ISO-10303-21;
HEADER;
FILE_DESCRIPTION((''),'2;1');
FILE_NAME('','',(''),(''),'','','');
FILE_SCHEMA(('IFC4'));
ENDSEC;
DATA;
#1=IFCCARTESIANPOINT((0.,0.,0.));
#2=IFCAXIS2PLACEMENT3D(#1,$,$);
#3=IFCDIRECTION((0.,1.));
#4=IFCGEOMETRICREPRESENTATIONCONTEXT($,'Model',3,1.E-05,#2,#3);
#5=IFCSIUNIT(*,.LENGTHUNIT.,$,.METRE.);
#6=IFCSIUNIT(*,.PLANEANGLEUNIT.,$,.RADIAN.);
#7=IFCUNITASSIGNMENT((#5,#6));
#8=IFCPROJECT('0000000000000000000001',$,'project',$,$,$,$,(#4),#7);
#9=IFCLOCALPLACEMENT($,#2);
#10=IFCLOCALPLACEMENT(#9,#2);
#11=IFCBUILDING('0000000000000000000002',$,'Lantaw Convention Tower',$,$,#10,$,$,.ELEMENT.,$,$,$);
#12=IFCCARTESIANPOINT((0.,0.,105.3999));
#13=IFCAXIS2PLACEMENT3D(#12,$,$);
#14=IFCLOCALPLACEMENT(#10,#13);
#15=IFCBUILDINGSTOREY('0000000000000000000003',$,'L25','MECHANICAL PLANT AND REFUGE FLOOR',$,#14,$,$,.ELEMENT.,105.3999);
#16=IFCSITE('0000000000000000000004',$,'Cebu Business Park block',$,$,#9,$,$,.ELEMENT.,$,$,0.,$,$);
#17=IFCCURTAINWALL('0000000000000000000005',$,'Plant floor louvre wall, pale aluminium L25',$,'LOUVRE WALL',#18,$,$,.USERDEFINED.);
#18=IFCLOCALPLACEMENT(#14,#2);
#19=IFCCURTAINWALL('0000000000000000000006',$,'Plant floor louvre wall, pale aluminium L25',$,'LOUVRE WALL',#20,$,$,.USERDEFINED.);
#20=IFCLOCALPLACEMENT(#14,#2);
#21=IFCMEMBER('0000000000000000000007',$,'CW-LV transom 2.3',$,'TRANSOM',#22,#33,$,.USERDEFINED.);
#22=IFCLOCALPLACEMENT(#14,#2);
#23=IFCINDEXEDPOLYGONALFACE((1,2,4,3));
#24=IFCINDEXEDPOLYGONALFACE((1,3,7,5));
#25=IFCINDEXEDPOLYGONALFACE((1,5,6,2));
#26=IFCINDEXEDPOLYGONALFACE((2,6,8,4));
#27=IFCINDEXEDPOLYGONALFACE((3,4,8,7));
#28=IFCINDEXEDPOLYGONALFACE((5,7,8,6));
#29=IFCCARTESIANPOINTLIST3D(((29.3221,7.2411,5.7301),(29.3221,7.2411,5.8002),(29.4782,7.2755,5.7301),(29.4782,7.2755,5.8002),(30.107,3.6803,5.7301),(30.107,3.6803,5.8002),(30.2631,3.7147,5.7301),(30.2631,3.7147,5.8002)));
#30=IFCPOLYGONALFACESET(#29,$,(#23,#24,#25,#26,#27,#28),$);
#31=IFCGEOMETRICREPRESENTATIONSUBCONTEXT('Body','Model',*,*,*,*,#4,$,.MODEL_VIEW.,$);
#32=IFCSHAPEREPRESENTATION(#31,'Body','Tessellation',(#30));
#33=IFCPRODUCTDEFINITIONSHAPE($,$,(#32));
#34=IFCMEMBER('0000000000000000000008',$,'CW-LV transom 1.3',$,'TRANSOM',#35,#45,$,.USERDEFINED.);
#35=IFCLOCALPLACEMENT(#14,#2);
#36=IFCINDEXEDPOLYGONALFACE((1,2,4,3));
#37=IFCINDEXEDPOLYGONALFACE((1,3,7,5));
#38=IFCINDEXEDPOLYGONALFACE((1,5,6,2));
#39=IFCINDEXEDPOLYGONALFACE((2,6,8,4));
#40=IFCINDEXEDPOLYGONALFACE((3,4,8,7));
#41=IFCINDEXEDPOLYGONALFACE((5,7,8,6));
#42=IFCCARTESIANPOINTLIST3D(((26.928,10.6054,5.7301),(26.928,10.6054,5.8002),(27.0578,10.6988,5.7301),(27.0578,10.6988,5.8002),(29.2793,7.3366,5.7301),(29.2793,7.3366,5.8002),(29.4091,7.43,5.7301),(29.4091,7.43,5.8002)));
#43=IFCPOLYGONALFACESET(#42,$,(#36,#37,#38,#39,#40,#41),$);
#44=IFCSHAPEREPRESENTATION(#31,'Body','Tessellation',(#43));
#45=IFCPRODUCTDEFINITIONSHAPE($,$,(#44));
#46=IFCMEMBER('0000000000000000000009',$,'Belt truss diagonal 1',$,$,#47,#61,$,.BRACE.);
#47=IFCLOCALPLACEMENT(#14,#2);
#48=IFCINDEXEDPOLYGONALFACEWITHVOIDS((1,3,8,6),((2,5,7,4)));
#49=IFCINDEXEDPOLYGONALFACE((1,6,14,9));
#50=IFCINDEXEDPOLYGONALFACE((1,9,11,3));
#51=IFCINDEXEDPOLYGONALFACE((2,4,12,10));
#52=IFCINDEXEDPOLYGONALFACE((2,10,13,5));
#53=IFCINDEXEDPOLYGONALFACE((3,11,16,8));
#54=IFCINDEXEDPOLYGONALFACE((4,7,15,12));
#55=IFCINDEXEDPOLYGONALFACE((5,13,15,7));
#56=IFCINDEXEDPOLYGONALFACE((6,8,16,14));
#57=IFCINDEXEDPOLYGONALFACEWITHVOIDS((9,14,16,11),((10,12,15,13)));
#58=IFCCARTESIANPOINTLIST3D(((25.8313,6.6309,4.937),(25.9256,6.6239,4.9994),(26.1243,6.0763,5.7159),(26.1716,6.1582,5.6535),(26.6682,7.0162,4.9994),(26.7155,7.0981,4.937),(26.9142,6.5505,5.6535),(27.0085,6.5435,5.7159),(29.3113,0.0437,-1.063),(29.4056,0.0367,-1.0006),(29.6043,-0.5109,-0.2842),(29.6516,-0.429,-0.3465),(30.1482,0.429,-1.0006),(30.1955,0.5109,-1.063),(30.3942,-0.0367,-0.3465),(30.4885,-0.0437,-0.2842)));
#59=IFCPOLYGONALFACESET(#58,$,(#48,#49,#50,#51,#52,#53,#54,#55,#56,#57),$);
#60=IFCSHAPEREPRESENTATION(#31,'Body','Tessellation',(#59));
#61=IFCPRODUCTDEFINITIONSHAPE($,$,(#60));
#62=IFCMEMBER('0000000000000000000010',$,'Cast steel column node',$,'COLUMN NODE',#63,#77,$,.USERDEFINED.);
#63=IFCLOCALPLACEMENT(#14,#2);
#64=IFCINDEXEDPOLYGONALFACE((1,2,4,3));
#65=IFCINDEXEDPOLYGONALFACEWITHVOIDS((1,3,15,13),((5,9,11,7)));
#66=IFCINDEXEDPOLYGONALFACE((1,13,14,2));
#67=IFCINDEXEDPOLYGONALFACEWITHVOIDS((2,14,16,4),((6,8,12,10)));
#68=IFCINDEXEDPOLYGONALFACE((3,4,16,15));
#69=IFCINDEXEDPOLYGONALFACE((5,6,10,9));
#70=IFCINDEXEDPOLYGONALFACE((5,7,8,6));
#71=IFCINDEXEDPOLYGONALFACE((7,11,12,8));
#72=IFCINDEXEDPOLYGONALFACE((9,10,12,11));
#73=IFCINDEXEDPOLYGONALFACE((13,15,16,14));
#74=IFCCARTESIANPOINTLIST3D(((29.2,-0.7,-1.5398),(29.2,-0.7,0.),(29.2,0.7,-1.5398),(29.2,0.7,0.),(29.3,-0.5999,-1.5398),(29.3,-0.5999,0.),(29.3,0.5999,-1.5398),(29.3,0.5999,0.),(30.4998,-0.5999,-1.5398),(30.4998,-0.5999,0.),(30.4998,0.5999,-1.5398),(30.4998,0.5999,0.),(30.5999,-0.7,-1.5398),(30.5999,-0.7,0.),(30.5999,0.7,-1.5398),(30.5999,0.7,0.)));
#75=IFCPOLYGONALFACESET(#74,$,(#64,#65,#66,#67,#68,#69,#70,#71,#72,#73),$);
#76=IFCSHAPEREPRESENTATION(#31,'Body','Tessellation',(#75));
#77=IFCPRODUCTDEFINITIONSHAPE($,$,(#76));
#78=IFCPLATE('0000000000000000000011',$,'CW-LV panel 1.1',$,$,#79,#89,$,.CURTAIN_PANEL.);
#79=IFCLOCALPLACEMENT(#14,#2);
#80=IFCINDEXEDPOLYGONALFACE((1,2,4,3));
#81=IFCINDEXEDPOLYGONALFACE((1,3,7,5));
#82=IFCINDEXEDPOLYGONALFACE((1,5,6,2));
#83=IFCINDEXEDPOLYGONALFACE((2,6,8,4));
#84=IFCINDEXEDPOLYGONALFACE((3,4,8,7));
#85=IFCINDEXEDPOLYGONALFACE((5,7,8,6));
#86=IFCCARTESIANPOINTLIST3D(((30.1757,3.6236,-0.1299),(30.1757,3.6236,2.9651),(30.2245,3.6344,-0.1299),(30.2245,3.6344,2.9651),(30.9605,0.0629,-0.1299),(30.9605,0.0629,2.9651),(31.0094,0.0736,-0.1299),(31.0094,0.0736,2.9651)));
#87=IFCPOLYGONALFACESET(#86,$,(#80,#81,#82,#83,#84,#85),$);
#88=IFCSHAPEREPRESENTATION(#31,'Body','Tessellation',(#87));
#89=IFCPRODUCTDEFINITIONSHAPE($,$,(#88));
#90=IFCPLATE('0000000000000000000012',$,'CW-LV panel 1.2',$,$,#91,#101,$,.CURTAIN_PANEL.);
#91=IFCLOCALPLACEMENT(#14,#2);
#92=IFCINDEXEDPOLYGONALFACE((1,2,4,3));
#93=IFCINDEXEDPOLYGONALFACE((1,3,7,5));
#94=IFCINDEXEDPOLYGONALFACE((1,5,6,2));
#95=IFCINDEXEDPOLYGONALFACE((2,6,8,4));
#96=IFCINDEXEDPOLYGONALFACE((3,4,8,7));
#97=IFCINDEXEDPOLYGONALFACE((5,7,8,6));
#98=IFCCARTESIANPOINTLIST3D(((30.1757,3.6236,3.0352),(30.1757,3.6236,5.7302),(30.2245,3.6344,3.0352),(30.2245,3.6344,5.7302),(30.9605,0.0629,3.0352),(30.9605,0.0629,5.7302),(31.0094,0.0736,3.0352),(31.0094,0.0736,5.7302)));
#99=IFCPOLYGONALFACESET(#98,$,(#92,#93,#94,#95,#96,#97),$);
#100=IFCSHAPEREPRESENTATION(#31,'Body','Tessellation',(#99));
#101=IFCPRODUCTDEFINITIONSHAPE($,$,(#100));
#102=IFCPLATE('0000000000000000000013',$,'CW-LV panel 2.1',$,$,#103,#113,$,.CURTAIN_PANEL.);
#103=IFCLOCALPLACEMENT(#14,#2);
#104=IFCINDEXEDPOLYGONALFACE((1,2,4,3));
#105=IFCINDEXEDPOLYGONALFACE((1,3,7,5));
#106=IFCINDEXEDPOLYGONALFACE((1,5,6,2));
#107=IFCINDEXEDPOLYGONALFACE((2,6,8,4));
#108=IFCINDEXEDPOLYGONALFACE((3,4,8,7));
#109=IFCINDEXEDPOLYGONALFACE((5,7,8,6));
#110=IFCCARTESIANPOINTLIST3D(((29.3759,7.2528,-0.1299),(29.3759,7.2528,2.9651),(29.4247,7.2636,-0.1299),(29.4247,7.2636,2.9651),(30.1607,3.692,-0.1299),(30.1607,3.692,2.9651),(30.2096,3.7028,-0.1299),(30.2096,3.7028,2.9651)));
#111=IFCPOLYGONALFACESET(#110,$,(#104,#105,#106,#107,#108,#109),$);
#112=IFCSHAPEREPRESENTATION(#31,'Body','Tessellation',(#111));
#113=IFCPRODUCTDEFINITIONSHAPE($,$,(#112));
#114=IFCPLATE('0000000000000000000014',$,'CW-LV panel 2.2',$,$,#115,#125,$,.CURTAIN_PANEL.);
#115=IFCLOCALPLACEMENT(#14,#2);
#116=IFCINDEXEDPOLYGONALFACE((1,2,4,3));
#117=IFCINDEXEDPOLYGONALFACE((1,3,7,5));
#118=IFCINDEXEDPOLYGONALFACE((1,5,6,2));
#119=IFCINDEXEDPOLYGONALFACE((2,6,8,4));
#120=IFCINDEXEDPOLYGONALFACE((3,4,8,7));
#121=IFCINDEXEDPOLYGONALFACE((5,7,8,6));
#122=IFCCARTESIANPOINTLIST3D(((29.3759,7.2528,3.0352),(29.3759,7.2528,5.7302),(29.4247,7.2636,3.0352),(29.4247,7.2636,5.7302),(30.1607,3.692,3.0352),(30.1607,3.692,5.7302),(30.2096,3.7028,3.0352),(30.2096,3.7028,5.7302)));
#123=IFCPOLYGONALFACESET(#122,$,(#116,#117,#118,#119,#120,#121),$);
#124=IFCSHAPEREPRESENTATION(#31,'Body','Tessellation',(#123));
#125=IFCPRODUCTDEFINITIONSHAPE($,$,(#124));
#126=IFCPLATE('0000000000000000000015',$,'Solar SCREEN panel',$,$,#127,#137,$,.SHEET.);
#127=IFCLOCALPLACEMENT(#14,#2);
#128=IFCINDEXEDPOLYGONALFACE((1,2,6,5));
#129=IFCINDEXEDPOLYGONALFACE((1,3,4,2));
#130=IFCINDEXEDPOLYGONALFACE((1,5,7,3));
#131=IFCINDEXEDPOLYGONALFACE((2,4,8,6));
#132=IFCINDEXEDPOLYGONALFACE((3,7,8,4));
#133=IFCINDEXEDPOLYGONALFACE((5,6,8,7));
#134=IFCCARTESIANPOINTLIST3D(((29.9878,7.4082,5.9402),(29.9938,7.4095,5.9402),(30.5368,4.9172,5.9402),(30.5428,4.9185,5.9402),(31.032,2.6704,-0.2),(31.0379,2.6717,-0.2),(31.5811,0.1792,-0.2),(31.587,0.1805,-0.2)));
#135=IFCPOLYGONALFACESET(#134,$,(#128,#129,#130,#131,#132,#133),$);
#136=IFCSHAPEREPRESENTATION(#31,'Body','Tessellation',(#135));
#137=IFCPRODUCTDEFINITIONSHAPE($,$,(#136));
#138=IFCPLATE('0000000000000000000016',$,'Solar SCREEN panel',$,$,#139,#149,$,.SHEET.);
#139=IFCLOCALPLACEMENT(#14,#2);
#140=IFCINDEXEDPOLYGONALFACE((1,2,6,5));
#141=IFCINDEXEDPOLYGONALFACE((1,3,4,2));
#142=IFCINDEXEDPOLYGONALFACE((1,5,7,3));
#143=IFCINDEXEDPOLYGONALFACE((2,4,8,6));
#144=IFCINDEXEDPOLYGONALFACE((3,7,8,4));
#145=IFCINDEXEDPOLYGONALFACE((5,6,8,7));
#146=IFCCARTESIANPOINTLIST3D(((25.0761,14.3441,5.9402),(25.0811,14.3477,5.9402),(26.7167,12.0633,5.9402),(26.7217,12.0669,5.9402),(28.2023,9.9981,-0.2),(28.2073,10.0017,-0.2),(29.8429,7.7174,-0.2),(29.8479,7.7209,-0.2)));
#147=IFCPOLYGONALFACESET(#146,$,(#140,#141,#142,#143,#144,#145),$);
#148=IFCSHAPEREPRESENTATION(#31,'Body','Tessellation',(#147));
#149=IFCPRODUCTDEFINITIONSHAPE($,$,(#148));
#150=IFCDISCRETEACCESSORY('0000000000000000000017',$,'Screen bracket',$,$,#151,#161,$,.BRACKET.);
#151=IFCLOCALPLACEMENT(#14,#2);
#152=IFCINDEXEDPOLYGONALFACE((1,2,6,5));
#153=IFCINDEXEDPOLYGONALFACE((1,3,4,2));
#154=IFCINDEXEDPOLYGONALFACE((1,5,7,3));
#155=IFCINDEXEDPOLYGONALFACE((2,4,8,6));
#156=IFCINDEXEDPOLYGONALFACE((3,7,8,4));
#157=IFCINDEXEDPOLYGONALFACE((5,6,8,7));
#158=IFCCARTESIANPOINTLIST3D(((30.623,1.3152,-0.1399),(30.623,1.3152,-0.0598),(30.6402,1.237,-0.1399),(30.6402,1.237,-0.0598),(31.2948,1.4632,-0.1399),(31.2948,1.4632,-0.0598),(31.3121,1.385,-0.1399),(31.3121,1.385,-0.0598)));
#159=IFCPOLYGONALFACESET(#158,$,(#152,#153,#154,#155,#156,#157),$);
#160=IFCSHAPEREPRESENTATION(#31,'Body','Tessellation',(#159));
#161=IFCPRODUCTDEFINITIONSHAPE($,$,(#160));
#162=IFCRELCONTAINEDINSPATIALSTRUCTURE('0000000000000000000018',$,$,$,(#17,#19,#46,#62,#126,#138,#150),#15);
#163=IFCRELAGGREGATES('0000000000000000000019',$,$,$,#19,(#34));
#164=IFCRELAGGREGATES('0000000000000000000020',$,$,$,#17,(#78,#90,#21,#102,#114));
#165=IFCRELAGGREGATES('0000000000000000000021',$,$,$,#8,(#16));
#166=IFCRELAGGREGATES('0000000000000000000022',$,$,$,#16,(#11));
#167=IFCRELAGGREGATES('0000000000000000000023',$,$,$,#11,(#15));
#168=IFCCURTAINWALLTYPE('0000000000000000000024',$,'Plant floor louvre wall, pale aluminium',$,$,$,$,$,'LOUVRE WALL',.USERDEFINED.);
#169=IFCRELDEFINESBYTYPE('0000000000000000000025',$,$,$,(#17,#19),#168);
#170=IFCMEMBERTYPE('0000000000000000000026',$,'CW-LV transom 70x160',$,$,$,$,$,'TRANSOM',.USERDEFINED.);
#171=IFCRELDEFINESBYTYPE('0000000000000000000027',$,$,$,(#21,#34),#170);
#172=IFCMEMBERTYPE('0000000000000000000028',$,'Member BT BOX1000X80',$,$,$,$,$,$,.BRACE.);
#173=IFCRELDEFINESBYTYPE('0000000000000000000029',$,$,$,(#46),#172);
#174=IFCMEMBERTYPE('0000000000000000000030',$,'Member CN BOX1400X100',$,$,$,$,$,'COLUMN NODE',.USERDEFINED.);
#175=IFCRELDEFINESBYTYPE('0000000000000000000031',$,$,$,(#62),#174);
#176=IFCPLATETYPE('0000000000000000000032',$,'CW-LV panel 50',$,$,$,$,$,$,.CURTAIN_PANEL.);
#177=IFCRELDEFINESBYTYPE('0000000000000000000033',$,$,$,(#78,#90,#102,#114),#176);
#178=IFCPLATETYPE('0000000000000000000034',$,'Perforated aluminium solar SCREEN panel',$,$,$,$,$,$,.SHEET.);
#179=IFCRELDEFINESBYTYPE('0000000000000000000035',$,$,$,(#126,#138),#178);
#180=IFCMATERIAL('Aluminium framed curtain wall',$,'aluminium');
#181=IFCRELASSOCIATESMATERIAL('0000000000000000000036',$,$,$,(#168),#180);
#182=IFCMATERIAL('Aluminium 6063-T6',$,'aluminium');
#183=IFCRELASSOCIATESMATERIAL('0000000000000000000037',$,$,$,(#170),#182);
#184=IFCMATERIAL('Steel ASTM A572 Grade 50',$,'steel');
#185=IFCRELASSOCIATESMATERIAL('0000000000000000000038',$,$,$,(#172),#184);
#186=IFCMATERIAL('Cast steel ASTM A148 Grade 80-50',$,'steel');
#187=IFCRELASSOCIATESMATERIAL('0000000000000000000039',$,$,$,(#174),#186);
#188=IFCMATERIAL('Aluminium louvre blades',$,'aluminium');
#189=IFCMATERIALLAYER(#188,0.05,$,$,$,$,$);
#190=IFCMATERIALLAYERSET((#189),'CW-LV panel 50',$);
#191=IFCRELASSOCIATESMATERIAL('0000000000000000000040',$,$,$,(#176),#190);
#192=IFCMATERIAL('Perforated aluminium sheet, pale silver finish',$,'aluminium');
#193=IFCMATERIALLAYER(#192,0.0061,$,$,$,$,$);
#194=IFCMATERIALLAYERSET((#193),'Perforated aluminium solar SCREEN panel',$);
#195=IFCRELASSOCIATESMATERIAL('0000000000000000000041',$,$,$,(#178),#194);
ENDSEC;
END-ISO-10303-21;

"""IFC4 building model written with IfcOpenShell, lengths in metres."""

from ifc_helpers import new_model, si_unit, direction, frame, origin, origin_2d, place, context, subcontext, project, spatial, polyline, rectangle, hollow_rectangle, outline, extrude, material, layer, layer_set, material_profile, profile_set, type_object, element, aggregate, save


model = new_model("IFC4")

# Units and contexts
model_context = context("Model", 3, precision=1e-05, world=origin(), true_north=direction((0.0, 1.0)))
body_context = subcontext(model_context, "Body", "Model", "MODEL_VIEW")
ifc_project = project(units=[si_unit("LENGTHUNIT", "METRE"), si_unit("PLANEANGLEUNIT", "RADIAN")], contexts=[model_context])

# Site, building, storey
site_placement = place(None, origin())
site = spatial("IfcSite", under=ifc_project, at=site_placement, Name="Cebu Business Park block", CompositionType="ELEMENT", RefElevation=0.0)
building_placement = place(site_placement, origin())
building = spatial("IfcBuilding", under=site, at=building_placement, Name="Lantaw Convention Tower", CompositionType="ELEMENT")
storey_placement = place(building_placement, frame((0.0, 0.0, 105.3999)))
storey = spatial("IfcBuildingStorey", under=building, at=storey_placement, Name="L25", Description="MECHANICAL PLANT AND REFUGE FLOOR", CompositionType="ELEMENT", Elevation=105.3999)

# Curtain wall
ifc_material_1 = material(Name="Aluminium framed curtain wall", Category="aluminium")
curtain_wall_type = type_object("IfcCurtainWallType", Name="Plant floor louvre wall, pale aluminium", ElementType="LOUVRE WALL", PredefinedType="USERDEFINED", material=ifc_material_1)
curtain_wall_1_placement = place(storey_placement, origin())
curtain_wall_1 = element("IfcCurtainWall", 1, at=curtain_wall_1_placement, inside=storey, type_object=curtain_wall_type, Name="Plant floor louvre wall, pale aluminium L25", ObjectType="LOUVRE WALL", PredefinedType="USERDEFINED")
ifc_material_2 = material(Name="Aluminium 6063-T6", Category="aluminium")

# Curtain wall
curtain_wall_2_placement = place(storey_placement, origin())
curtain_wall_2 = element("IfcCurtainWall", 2, at=curtain_wall_2_placement, inside=storey, type_object=curtain_wall_type, Name="Plant floor louvre wall, pale aluminium L25", ObjectType="LOUVRE WALL", PredefinedType="USERDEFINED")

# Members
ifc_material_profile_1 = material_profile(ifc_material_2, rectangle(XDim=0.1599, YDim=0.0701, at=origin_2d()), Name="CW-LV transom 70x160")
ifc_profile_set_1 = profile_set([ifc_material_profile_1], Name="Aluminium 6063-T6")
member_type_1 = type_object("IfcMemberType", Name="CW-LV transom 70x160", ElementType="TRANSOM", PredefinedType="USERDEFINED", material=ifc_profile_set_1)
member_1_placement = place(storey_placement, frame((30.1851, 3.6975, 5.7651), z_axis=(-0.215264, 0.976556, 0.0), x_axis=(-0.976556, -0.215264, 0.0)))
member_1 = element("IfcMember", 3, at=member_1_placement, type_object=member_type_1, Name="CW-LV transom 2.3", ObjectType="TRANSOM", PredefinedType="USERDEFINED", context=body_context, shape_type="SweptSolid", body=[
    extrude(rectangle(XDim=0.1599, YDim=0.0701, at=origin_2d()), origin(), (0.0, 0.0, 1.0), 3.6462),
])
member_2_placement = place(storey_placement, frame((29.3442, 7.3833, 5.7651), z_axis=(-0.583942, 0.811795, 0.0), x_axis=(-0.811795, -0.583942, 0.0)))
member_2 = element("IfcMember", 4, at=member_2_placement, type_object=member_type_1, Name="CW-LV transom 1.3", ObjectType="TRANSOM", PredefinedType="USERDEFINED", context=body_context, shape_type="SweptSolid", body=[
    extrude(rectangle(XDim=0.1599, YDim=0.0701, at=origin_2d()), origin(), (0.0, 0.0, 1.0), 4.0266),
])
aggregate(curtain_wall_2, [member_2])

# Members
ifc_material_3 = material(Name="Steel ASTM A572 Grade 50", Category="steel")
ifc_material_profile_2 = material_profile(ifc_material_3, hollow_rectangle(XDim=1.0, YDim=1.0, WallThickness=0.0801, at=origin_2d()), Name="BOX1000X80")
ifc_profile_set_2 = profile_set([ifc_material_profile_2], Name="Steel ASTM A572 Grade 50")
member_type_2 = type_object("IfcMemberType", Name="Member BT BOX1000X80", PredefinedType="BRACE", material=ifc_profile_set_2)
member_3_placement = place(storey_placement, frame((29.8999, 0.0, -0.6736), z_axis=(-0.363801, 0.688629, 0.627247), x_axis=(-0.884195, -0.467118, 0.0)))
element("IfcMember", 5, at=member_3_placement, inside=storey, type_object=member_type_2, Name="Belt truss diagonal 1", PredefinedType="BRACE", context=body_context, shape_type="SweptSolid", body=[
    extrude(hollow_rectangle(XDim=1.0, YDim=1.0, WallThickness=0.0801, at=origin_2d()), origin(), (0.0, 0.0, 1.0), 9.5657),
])
ifc_material_4 = material(Name="Cast steel ASTM A148 Grade 80-50", Category="steel")
ifc_material_profile_3 = material_profile(ifc_material_4, hollow_rectangle(XDim=1.3999, YDim=1.3999, WallThickness=0.1001, at=origin_2d()), Name="BOX1400X100")
ifc_profile_set_3 = profile_set([ifc_material_profile_3], Name="Cast steel ASTM A148 Grade 80-50")
member_type_3 = type_object("IfcMemberType", Name="Member CN BOX1400X100", ElementType="COLUMN NODE", PredefinedType="USERDEFINED", material=ifc_profile_set_3)
member_4_placement = place(storey_placement, frame((29.8999, 0.0, -1.5398), z_axis=(0.0, 0.0, 1.0), x_axis=(1.0, 0.0, 0.0)))
element("IfcMember", 6, at=member_4_placement, inside=storey, type_object=member_type_3, Name="Cast steel column node", ObjectType="COLUMN NODE", PredefinedType="USERDEFINED", context=body_context, shape_type="SweptSolid", body=[
    extrude(hollow_rectangle(XDim=1.3999, YDim=1.3999, WallThickness=0.1001, at=origin_2d()), origin(), (0.0, 0.0, 1.0), 1.5398),
])

# Plates
ifc_material_5 = material(Name="Aluminium louvre blades", Category="aluminium")
ifc_layer_1 = layer(ifc_material_5, 0.05)
ifc_layer_set_1 = layer_set([ifc_layer_1], Name="CW-LV panel 50")
plate_type_1 = type_object("IfcPlateType", Name="CW-LV panel 50", PredefinedType="CURTAIN_PANEL", material=ifc_layer_set_1)
plate_1_placement = place(storey_placement, frame((30.5925, 1.8486, -0.1299), z_axis=(0.0, 0.0, 1.0), x_axis=(-0.215246, 0.97656, 0.0)))
plate_1 = element("IfcPlate", 7, at=plate_1_placement, type_object=plate_type_1, Name="CW-LV panel 1.1", PredefinedType="CURTAIN_PANEL", context=body_context, shape_type="SweptSolid", body=[
    extrude(rectangle(XDim=3.6462, YDim=0.05, at=origin_2d()), origin(), (0.0, 0.0, 1.0), 3.095),
])
plate_2_placement = place(storey_placement, frame((30.5925, 1.8486, 3.0352), z_axis=(0.0, 0.0, 1.0), x_axis=(-0.215246, 0.97656, 0.0)))
plate_2 = element("IfcPlate", 8, at=plate_2_placement, type_object=plate_type_1, Name="CW-LV panel 1.2", PredefinedType="CURTAIN_PANEL", context=body_context, shape_type="SweptSolid", body=[
    extrude(rectangle(XDim=3.6462, YDim=0.05, at=origin_2d()), origin(), (0.0, 0.0, 1.0), 2.6951),
])
plate_3_placement = place(storey_placement, frame((29.7927, 5.4778, -0.1299), z_axis=(0.0, 0.0, 1.0), x_axis=(-0.215246, 0.97656, 0.0)))
plate_3 = element("IfcPlate", 9, at=plate_3_placement, type_object=plate_type_1, Name="CW-LV panel 2.1", PredefinedType="CURTAIN_PANEL", context=body_context, shape_type="SweptSolid", body=[
    extrude(rectangle(XDim=3.6462, YDim=0.05, at=origin_2d()), origin(), (0.0, 0.0, 1.0), 3.095),
])
plate_4_placement = place(storey_placement, frame((29.7927, 5.4778, 3.0352), z_axis=(0.0, 0.0, 1.0), x_axis=(-0.215246, 0.97656, 0.0)))
plate_4 = element("IfcPlate", 10, at=plate_4_placement, type_object=plate_type_1, Name="CW-LV panel 2.2", PredefinedType="CURTAIN_PANEL", context=body_context, shape_type="SweptSolid", body=[
    extrude(rectangle(XDim=3.6462, YDim=0.05, at=origin_2d()), origin(), (0.0, 0.0, 1.0), 2.6951),
])
aggregate(curtain_wall_1, [plate_1, plate_2, member_1, plate_3, plate_4])

# Plates
ifc_material_6 = material(Name="Perforated aluminium sheet, pale silver finish", Category="aluminium")
ifc_layer_2 = layer(ifc_material_6, 0.0061)
ifc_layer_set_2 = layer_set([ifc_layer_2], Name="Perforated aluminium solar SCREEN panel")
plate_type_2 = type_object("IfcPlateType", Name="Perforated aluminium solar SCREEN panel", PredefinedType="SHEET", material=ifc_layer_set_2)
plate_5_placement = place(storey_placement, frame((31.5811, 0.1792, -0.2), z_axis=(-0.976559, -0.215248, 0.000018), x_axis=(-0.215248, 0.976559, 0.0)))
element("IfcPlate", 11, at=plate_5_placement, inside=storey, type_object=plate_type_2, Name="Solar SCREEN panel", PredefinedType="SHEET", context=body_context, shape_type="SweptSolid", body=[
    extrude(outline(polyline([(0.0, 0.0), (2.551, 0.0), (7.4025, -6.1401), (4.8517, -6.1401), (0.0, 0.0)])), origin(), (0.0, 0.0, -1.0), 0.0061),
])
plate_6_placement = place(storey_placement, frame((29.8479, 7.7209, -0.2), z_axis=(0.811791, 0.583948, 0.000005), x_axis=(-0.583948, 0.811791, 0.0)))
element("IfcPlate", 12, at=plate_6_placement, inside=storey, type_object=plate_type_2, Name="Solar SCREEN panel", PredefinedType="SHEET", context=body_context, shape_type="SweptSolid", body=[
    extrude(outline(polyline([(0.0, 0.0), (2.8095, 0.0), (8.1631, 6.1401), (5.3536, 6.1401), (0.0, 0.0)])), origin(), (0.0, 0.0, -1.0), 0.0061),
])

# Discrete accessory
discrete_accessory_placement = place(storey_placement, frame((30.9675, 1.3501, -0.1399), z_axis=(0.0, 0.0, 1.0), x_axis=(-0.215246, 0.97656, 0.0)))
element("IfcDiscreteAccessory", 13, at=discrete_accessory_placement, inside=storey, Name="Screen bracket", PredefinedType="BRACKET", context=body_context, shape_type="SweptSolid", body=[
    extrude(rectangle(XDim=0.0801, YDim=0.688, at=origin_2d()), origin(), (0.0, 0.0, 1.0), 0.0801),
])

save(model, "model.ifc")
